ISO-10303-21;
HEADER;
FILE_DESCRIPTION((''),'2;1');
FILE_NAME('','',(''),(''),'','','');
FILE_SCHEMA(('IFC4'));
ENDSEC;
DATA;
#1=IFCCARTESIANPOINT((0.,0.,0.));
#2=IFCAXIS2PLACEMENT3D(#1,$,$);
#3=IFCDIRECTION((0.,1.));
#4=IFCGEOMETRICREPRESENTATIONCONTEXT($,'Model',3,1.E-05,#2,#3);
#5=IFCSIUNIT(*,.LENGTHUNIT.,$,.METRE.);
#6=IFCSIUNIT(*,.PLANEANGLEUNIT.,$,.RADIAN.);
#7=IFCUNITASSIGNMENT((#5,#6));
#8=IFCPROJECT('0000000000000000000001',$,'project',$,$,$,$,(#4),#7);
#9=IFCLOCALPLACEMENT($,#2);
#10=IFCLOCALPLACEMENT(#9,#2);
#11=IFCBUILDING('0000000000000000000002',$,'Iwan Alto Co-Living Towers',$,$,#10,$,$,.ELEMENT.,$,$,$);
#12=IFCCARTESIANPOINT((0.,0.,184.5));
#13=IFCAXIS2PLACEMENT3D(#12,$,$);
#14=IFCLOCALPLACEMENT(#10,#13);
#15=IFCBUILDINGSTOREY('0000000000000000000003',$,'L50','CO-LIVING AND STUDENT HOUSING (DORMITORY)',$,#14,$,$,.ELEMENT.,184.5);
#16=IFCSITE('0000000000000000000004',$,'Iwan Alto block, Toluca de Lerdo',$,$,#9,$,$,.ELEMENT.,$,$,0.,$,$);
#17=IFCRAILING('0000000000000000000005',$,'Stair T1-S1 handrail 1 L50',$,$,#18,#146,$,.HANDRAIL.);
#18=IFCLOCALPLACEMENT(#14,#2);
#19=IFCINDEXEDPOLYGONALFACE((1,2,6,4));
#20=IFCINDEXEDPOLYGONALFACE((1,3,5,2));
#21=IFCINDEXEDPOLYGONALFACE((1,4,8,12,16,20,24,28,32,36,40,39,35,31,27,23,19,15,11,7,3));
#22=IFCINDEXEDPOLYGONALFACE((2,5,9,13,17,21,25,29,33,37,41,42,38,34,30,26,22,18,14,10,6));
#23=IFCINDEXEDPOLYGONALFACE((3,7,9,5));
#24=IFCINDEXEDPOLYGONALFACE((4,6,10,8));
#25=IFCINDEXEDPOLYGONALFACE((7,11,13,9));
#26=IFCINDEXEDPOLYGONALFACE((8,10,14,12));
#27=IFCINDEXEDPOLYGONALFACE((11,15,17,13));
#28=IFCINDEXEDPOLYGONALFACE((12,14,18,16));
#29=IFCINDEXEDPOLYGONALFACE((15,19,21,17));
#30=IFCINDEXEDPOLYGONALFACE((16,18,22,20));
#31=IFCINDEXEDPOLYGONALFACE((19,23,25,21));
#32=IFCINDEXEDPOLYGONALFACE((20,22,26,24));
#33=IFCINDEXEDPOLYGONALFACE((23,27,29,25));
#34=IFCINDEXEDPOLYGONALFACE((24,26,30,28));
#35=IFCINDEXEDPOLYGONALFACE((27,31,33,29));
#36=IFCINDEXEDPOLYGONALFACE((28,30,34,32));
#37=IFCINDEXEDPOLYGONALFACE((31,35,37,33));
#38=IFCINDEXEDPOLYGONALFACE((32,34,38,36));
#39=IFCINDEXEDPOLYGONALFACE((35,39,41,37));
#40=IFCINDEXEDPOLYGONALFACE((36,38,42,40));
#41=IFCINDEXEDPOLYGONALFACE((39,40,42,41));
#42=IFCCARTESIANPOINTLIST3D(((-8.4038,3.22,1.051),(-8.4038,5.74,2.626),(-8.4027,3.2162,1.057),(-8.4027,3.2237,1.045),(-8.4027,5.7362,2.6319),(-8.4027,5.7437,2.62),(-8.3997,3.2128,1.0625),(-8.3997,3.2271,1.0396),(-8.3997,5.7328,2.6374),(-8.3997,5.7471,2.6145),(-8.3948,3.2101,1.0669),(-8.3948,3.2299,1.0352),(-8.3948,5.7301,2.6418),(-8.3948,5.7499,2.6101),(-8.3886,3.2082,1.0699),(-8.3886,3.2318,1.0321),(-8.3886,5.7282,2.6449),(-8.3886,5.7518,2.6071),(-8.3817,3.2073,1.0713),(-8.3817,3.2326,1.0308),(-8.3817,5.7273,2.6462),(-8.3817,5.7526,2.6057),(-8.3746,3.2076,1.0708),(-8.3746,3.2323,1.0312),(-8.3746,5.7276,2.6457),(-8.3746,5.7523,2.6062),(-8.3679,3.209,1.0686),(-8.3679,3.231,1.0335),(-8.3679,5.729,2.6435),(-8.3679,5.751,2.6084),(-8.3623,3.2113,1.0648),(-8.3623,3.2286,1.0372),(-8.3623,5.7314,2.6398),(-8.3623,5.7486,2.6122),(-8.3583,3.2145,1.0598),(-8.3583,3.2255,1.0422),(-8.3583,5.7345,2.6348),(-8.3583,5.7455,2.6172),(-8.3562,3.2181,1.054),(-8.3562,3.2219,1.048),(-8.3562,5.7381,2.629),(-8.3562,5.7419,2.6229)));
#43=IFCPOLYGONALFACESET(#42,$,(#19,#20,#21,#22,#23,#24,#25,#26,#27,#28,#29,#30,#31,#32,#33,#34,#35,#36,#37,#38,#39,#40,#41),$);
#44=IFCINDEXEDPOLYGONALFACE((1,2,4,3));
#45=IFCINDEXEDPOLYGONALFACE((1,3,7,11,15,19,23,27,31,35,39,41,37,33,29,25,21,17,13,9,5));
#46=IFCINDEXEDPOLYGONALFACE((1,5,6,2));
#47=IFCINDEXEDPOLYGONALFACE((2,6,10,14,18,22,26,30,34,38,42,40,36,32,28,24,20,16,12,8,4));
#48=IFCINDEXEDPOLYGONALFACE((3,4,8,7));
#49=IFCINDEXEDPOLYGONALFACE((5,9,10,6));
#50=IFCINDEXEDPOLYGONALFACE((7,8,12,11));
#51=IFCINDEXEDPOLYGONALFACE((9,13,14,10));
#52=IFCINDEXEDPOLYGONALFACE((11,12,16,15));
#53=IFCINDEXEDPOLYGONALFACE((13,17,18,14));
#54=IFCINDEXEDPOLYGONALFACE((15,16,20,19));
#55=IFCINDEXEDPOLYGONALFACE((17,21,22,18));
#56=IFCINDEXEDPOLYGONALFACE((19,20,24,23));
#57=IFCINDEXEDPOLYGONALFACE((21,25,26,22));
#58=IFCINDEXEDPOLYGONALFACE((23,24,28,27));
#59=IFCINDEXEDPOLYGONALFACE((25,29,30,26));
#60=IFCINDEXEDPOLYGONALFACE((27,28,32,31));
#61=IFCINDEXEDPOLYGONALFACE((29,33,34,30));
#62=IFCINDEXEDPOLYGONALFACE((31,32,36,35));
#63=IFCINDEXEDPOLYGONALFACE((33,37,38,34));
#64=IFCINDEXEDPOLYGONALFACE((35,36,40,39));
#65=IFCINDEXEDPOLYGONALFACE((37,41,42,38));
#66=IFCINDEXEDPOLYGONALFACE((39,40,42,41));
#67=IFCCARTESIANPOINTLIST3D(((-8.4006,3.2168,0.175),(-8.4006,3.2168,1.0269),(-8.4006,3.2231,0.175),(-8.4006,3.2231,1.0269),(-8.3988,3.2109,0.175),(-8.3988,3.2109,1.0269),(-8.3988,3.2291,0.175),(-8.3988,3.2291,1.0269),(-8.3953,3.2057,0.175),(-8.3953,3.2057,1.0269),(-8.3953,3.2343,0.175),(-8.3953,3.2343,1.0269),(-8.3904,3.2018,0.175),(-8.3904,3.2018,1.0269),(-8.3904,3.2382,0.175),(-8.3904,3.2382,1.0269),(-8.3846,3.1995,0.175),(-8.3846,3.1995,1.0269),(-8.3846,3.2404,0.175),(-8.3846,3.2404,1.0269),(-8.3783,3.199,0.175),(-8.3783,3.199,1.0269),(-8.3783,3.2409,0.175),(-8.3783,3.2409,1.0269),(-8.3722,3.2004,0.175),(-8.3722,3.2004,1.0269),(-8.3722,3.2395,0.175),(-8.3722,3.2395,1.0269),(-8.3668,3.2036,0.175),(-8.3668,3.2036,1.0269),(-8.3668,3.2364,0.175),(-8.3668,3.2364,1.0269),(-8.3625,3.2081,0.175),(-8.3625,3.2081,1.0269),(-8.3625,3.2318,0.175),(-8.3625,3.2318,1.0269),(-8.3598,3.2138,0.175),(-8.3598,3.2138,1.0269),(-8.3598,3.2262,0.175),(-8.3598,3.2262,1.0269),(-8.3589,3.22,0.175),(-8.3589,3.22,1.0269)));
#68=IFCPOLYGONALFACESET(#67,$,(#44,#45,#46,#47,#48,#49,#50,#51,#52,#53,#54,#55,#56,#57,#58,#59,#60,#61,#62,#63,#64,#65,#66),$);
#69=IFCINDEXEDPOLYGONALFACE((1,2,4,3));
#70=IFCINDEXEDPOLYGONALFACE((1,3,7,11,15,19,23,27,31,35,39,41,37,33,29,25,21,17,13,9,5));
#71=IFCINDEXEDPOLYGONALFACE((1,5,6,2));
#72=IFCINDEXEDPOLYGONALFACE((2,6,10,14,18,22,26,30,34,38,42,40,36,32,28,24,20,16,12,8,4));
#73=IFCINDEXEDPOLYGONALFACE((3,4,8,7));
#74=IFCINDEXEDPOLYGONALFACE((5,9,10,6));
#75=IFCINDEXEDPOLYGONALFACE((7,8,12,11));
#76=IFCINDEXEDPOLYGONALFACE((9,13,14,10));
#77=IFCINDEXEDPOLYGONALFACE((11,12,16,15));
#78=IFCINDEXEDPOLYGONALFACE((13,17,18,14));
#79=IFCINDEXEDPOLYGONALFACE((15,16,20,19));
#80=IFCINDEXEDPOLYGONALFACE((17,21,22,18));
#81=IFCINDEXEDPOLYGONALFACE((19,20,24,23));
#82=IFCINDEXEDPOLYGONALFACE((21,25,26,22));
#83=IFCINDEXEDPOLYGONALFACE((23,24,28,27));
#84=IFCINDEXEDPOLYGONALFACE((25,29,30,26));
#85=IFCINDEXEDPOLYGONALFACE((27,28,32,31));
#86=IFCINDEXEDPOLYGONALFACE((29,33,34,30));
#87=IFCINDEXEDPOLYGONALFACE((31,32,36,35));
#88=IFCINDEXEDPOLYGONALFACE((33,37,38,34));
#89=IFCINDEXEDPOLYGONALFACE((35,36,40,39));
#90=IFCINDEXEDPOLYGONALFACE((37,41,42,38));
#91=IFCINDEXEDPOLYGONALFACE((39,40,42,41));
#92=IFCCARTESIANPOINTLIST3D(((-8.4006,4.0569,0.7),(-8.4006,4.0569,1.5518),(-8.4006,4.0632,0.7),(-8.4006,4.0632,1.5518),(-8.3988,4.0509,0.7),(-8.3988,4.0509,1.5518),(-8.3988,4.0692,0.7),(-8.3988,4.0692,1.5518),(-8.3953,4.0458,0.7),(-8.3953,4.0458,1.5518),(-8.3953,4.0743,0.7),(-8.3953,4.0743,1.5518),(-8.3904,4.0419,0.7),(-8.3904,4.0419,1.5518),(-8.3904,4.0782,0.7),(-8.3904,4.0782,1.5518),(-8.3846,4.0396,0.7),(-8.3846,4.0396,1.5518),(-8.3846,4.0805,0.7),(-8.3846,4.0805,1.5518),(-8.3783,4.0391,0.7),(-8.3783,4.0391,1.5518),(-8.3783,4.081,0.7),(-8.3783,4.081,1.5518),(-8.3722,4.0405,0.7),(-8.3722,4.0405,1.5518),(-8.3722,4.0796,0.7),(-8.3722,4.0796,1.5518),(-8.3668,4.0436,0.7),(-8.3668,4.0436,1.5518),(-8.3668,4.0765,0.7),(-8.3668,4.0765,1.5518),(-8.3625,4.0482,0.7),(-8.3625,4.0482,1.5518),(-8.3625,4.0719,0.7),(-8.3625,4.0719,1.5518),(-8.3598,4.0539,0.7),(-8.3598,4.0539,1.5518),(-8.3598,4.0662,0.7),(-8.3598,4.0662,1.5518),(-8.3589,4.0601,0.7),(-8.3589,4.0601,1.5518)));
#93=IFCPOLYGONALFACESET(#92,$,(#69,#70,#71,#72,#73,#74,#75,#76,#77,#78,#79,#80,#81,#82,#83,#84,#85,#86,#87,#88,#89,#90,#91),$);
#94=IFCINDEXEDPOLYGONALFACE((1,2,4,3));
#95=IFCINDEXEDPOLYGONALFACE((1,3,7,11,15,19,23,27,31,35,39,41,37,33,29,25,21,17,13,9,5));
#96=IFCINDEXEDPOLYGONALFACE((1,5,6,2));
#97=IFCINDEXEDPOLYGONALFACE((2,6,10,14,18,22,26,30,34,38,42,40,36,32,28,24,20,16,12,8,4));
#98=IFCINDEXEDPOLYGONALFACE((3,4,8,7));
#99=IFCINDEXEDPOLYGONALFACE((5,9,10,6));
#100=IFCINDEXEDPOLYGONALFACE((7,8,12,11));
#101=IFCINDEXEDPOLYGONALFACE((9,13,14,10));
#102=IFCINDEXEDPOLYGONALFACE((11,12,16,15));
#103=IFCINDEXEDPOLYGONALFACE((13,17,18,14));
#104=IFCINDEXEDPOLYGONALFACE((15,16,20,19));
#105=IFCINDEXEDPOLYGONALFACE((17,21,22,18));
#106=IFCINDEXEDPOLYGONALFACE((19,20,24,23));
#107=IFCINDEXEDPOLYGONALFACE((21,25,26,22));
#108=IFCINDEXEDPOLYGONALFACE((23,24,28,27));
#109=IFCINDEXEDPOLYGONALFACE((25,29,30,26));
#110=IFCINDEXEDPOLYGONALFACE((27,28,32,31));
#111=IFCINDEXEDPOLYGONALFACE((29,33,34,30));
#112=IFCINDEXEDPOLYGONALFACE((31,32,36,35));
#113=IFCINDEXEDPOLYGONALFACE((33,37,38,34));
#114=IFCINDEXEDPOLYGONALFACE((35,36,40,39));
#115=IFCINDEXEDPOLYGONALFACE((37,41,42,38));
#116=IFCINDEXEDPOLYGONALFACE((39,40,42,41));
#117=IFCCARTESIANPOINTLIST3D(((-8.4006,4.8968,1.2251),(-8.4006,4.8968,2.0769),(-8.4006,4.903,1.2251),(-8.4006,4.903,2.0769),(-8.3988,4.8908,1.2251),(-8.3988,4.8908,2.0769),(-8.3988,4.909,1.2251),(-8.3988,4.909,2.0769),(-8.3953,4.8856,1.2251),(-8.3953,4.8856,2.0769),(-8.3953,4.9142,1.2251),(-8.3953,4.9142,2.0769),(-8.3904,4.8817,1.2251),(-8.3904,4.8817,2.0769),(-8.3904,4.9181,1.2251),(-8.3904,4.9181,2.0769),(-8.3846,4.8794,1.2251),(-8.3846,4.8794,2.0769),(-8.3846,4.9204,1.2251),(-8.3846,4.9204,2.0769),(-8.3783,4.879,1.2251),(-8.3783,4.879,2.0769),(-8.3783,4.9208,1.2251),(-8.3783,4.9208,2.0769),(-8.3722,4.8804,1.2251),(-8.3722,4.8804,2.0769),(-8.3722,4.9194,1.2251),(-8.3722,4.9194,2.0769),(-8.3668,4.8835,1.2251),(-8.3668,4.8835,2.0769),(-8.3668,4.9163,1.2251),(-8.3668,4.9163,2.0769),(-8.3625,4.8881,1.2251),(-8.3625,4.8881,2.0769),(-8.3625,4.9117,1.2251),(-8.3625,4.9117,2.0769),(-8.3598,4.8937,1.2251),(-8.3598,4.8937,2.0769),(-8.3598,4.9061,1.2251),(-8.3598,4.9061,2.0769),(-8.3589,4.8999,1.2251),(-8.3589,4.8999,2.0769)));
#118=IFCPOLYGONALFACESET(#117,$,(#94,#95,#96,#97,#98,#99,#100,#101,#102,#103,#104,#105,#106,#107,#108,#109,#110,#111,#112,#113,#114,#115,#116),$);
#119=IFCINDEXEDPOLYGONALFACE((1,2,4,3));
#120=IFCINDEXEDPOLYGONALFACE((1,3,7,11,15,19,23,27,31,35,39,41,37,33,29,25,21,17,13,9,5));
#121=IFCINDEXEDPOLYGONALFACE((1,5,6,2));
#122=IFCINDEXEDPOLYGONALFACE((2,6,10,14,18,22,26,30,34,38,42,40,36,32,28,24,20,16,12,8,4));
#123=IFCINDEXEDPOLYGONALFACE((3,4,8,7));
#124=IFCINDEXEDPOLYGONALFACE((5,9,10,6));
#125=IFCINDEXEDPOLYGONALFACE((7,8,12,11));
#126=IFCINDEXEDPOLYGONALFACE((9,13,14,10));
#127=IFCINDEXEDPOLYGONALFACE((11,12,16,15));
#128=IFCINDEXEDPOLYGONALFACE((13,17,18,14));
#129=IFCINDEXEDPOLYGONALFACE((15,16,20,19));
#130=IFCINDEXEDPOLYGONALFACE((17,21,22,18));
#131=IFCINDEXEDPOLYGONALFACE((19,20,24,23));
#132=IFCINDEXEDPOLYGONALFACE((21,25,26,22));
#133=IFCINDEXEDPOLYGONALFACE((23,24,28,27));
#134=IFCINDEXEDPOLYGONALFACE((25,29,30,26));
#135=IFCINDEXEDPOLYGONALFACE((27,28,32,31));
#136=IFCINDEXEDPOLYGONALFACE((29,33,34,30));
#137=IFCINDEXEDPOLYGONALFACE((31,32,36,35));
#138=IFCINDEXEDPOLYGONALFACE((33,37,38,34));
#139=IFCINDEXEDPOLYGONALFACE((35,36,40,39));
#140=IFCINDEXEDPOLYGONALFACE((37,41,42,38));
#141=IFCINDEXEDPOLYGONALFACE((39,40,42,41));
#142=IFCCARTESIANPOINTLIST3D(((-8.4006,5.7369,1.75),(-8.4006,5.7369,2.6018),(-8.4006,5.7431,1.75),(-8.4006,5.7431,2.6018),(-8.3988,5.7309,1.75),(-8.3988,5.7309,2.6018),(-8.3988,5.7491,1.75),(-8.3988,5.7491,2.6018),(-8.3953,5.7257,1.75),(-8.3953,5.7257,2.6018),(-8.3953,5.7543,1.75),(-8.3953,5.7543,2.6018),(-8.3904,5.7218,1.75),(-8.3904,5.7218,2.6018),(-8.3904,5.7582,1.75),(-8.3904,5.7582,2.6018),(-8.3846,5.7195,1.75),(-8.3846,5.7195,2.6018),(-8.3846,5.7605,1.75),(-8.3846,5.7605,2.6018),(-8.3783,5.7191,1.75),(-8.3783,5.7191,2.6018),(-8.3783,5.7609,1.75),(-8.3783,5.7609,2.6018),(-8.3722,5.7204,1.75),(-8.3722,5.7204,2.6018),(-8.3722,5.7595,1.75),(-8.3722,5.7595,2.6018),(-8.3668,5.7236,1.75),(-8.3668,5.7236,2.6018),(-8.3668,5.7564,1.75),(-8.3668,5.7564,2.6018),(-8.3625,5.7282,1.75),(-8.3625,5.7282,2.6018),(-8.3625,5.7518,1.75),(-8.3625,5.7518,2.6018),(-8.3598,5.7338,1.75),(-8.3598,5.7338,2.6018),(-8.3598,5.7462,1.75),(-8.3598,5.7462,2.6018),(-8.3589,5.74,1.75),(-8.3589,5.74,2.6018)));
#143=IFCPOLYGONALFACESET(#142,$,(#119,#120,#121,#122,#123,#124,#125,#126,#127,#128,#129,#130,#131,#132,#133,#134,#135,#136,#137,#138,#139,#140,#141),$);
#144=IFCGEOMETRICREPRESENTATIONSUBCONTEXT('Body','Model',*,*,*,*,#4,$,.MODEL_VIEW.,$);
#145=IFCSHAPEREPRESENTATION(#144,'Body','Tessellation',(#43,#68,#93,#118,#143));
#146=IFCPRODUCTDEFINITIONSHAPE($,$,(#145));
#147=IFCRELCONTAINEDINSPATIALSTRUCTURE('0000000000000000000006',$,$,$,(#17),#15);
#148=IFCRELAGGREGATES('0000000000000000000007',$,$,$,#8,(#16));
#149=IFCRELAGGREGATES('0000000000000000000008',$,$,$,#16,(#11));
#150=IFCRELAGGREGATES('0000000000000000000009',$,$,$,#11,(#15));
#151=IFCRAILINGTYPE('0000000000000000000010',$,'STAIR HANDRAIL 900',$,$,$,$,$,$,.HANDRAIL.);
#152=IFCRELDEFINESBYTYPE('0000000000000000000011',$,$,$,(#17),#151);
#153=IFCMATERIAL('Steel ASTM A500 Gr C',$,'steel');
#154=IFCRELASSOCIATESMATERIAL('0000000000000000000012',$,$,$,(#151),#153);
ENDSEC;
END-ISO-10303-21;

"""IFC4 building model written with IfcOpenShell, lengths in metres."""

from ifc_helpers import new_model, si_unit, direction, frame, origin, origin_2d, place, context, subcontext, project, spatial, circle, extrude, material, type_object, element, save


model = new_model("IFC4")

# Units and contexts
model_context = context("Model", 3, precision=1e-05, world=origin(), true_north=direction((0.0, 1.0)))
body_context = subcontext(model_context, "Body", "Model", "MODEL_VIEW")
ifc_project = project(units=[si_unit("LENGTHUNIT", "METRE"), si_unit("PLANEANGLEUNIT", "RADIAN")], contexts=[model_context])

# Site, building, storey
site_placement = place(None, origin())
site = spatial("IfcSite", under=ifc_project, at=site_placement, Name="Iwan Alto block, Toluca de Lerdo", CompositionType="ELEMENT", RefElevation=0.0)
building_placement = place(site_placement, origin())
building = spatial("IfcBuilding", under=site, at=building_placement, Name="Iwan Alto Co-Living Towers", CompositionType="ELEMENT")
storey_placement = place(building_placement, frame((0.0, 0.0, 184.5)))
storey = spatial("IfcBuildingStorey", under=building, at=storey_placement, Name="L50", Description="CO-LIVING AND STUDENT HOUSING (DORMITORY)", CompositionType="ELEMENT", Elevation=184.5)

# Railing
ifc_material_1 = material(Name="Steel ASTM A500 Gr C", Category="steel")
railing_type_1 = type_object("IfcRailingType", Name="STAIR HANDRAIL 900", PredefinedType="HANDRAIL", material=ifc_material_1)
railing_1_placement = place(storey_placement, frame((-8.3799, 3.22, 0.175)))
element("IfcRailing", 1, at=railing_1_placement, inside=storey, type_object=railing_type_1, Name="Stair T1-S1 handrail 1 L50", PredefinedType="HANDRAIL", context=body_context, shape_type="SweptSolid", body=[
    extrude(circle(Radius=0.0239, at=origin_2d()), frame((0.0, 0.0, 0.876), z_axis=(0.0, 0.848008, 0.529984), x_axis=(-1.0, 0.0, 0.0)), (0.0, 0.0, 1.0), 2.9717),
    extrude(circle(Radius=0.021, at=origin_2d()), origin(), (0.0, 0.0, 1.0), 0.8518),
    extrude(circle(Radius=0.021, at=origin_2d()), frame((0.0, 0.8401, 0.5249)), (0.0, 0.0, 1.0), 0.8518),
    extrude(circle(Radius=0.021, at=origin_2d()), frame((0.0, 1.6799, 1.05)), (0.0, 0.0, 1.0), 0.8518),
    extrude(circle(Radius=0.021, at=origin_2d()), frame((0.0, 2.52, 1.575)), (0.0, 0.0, 1.0), 0.8518),
])

save(model, "model.ifc")
